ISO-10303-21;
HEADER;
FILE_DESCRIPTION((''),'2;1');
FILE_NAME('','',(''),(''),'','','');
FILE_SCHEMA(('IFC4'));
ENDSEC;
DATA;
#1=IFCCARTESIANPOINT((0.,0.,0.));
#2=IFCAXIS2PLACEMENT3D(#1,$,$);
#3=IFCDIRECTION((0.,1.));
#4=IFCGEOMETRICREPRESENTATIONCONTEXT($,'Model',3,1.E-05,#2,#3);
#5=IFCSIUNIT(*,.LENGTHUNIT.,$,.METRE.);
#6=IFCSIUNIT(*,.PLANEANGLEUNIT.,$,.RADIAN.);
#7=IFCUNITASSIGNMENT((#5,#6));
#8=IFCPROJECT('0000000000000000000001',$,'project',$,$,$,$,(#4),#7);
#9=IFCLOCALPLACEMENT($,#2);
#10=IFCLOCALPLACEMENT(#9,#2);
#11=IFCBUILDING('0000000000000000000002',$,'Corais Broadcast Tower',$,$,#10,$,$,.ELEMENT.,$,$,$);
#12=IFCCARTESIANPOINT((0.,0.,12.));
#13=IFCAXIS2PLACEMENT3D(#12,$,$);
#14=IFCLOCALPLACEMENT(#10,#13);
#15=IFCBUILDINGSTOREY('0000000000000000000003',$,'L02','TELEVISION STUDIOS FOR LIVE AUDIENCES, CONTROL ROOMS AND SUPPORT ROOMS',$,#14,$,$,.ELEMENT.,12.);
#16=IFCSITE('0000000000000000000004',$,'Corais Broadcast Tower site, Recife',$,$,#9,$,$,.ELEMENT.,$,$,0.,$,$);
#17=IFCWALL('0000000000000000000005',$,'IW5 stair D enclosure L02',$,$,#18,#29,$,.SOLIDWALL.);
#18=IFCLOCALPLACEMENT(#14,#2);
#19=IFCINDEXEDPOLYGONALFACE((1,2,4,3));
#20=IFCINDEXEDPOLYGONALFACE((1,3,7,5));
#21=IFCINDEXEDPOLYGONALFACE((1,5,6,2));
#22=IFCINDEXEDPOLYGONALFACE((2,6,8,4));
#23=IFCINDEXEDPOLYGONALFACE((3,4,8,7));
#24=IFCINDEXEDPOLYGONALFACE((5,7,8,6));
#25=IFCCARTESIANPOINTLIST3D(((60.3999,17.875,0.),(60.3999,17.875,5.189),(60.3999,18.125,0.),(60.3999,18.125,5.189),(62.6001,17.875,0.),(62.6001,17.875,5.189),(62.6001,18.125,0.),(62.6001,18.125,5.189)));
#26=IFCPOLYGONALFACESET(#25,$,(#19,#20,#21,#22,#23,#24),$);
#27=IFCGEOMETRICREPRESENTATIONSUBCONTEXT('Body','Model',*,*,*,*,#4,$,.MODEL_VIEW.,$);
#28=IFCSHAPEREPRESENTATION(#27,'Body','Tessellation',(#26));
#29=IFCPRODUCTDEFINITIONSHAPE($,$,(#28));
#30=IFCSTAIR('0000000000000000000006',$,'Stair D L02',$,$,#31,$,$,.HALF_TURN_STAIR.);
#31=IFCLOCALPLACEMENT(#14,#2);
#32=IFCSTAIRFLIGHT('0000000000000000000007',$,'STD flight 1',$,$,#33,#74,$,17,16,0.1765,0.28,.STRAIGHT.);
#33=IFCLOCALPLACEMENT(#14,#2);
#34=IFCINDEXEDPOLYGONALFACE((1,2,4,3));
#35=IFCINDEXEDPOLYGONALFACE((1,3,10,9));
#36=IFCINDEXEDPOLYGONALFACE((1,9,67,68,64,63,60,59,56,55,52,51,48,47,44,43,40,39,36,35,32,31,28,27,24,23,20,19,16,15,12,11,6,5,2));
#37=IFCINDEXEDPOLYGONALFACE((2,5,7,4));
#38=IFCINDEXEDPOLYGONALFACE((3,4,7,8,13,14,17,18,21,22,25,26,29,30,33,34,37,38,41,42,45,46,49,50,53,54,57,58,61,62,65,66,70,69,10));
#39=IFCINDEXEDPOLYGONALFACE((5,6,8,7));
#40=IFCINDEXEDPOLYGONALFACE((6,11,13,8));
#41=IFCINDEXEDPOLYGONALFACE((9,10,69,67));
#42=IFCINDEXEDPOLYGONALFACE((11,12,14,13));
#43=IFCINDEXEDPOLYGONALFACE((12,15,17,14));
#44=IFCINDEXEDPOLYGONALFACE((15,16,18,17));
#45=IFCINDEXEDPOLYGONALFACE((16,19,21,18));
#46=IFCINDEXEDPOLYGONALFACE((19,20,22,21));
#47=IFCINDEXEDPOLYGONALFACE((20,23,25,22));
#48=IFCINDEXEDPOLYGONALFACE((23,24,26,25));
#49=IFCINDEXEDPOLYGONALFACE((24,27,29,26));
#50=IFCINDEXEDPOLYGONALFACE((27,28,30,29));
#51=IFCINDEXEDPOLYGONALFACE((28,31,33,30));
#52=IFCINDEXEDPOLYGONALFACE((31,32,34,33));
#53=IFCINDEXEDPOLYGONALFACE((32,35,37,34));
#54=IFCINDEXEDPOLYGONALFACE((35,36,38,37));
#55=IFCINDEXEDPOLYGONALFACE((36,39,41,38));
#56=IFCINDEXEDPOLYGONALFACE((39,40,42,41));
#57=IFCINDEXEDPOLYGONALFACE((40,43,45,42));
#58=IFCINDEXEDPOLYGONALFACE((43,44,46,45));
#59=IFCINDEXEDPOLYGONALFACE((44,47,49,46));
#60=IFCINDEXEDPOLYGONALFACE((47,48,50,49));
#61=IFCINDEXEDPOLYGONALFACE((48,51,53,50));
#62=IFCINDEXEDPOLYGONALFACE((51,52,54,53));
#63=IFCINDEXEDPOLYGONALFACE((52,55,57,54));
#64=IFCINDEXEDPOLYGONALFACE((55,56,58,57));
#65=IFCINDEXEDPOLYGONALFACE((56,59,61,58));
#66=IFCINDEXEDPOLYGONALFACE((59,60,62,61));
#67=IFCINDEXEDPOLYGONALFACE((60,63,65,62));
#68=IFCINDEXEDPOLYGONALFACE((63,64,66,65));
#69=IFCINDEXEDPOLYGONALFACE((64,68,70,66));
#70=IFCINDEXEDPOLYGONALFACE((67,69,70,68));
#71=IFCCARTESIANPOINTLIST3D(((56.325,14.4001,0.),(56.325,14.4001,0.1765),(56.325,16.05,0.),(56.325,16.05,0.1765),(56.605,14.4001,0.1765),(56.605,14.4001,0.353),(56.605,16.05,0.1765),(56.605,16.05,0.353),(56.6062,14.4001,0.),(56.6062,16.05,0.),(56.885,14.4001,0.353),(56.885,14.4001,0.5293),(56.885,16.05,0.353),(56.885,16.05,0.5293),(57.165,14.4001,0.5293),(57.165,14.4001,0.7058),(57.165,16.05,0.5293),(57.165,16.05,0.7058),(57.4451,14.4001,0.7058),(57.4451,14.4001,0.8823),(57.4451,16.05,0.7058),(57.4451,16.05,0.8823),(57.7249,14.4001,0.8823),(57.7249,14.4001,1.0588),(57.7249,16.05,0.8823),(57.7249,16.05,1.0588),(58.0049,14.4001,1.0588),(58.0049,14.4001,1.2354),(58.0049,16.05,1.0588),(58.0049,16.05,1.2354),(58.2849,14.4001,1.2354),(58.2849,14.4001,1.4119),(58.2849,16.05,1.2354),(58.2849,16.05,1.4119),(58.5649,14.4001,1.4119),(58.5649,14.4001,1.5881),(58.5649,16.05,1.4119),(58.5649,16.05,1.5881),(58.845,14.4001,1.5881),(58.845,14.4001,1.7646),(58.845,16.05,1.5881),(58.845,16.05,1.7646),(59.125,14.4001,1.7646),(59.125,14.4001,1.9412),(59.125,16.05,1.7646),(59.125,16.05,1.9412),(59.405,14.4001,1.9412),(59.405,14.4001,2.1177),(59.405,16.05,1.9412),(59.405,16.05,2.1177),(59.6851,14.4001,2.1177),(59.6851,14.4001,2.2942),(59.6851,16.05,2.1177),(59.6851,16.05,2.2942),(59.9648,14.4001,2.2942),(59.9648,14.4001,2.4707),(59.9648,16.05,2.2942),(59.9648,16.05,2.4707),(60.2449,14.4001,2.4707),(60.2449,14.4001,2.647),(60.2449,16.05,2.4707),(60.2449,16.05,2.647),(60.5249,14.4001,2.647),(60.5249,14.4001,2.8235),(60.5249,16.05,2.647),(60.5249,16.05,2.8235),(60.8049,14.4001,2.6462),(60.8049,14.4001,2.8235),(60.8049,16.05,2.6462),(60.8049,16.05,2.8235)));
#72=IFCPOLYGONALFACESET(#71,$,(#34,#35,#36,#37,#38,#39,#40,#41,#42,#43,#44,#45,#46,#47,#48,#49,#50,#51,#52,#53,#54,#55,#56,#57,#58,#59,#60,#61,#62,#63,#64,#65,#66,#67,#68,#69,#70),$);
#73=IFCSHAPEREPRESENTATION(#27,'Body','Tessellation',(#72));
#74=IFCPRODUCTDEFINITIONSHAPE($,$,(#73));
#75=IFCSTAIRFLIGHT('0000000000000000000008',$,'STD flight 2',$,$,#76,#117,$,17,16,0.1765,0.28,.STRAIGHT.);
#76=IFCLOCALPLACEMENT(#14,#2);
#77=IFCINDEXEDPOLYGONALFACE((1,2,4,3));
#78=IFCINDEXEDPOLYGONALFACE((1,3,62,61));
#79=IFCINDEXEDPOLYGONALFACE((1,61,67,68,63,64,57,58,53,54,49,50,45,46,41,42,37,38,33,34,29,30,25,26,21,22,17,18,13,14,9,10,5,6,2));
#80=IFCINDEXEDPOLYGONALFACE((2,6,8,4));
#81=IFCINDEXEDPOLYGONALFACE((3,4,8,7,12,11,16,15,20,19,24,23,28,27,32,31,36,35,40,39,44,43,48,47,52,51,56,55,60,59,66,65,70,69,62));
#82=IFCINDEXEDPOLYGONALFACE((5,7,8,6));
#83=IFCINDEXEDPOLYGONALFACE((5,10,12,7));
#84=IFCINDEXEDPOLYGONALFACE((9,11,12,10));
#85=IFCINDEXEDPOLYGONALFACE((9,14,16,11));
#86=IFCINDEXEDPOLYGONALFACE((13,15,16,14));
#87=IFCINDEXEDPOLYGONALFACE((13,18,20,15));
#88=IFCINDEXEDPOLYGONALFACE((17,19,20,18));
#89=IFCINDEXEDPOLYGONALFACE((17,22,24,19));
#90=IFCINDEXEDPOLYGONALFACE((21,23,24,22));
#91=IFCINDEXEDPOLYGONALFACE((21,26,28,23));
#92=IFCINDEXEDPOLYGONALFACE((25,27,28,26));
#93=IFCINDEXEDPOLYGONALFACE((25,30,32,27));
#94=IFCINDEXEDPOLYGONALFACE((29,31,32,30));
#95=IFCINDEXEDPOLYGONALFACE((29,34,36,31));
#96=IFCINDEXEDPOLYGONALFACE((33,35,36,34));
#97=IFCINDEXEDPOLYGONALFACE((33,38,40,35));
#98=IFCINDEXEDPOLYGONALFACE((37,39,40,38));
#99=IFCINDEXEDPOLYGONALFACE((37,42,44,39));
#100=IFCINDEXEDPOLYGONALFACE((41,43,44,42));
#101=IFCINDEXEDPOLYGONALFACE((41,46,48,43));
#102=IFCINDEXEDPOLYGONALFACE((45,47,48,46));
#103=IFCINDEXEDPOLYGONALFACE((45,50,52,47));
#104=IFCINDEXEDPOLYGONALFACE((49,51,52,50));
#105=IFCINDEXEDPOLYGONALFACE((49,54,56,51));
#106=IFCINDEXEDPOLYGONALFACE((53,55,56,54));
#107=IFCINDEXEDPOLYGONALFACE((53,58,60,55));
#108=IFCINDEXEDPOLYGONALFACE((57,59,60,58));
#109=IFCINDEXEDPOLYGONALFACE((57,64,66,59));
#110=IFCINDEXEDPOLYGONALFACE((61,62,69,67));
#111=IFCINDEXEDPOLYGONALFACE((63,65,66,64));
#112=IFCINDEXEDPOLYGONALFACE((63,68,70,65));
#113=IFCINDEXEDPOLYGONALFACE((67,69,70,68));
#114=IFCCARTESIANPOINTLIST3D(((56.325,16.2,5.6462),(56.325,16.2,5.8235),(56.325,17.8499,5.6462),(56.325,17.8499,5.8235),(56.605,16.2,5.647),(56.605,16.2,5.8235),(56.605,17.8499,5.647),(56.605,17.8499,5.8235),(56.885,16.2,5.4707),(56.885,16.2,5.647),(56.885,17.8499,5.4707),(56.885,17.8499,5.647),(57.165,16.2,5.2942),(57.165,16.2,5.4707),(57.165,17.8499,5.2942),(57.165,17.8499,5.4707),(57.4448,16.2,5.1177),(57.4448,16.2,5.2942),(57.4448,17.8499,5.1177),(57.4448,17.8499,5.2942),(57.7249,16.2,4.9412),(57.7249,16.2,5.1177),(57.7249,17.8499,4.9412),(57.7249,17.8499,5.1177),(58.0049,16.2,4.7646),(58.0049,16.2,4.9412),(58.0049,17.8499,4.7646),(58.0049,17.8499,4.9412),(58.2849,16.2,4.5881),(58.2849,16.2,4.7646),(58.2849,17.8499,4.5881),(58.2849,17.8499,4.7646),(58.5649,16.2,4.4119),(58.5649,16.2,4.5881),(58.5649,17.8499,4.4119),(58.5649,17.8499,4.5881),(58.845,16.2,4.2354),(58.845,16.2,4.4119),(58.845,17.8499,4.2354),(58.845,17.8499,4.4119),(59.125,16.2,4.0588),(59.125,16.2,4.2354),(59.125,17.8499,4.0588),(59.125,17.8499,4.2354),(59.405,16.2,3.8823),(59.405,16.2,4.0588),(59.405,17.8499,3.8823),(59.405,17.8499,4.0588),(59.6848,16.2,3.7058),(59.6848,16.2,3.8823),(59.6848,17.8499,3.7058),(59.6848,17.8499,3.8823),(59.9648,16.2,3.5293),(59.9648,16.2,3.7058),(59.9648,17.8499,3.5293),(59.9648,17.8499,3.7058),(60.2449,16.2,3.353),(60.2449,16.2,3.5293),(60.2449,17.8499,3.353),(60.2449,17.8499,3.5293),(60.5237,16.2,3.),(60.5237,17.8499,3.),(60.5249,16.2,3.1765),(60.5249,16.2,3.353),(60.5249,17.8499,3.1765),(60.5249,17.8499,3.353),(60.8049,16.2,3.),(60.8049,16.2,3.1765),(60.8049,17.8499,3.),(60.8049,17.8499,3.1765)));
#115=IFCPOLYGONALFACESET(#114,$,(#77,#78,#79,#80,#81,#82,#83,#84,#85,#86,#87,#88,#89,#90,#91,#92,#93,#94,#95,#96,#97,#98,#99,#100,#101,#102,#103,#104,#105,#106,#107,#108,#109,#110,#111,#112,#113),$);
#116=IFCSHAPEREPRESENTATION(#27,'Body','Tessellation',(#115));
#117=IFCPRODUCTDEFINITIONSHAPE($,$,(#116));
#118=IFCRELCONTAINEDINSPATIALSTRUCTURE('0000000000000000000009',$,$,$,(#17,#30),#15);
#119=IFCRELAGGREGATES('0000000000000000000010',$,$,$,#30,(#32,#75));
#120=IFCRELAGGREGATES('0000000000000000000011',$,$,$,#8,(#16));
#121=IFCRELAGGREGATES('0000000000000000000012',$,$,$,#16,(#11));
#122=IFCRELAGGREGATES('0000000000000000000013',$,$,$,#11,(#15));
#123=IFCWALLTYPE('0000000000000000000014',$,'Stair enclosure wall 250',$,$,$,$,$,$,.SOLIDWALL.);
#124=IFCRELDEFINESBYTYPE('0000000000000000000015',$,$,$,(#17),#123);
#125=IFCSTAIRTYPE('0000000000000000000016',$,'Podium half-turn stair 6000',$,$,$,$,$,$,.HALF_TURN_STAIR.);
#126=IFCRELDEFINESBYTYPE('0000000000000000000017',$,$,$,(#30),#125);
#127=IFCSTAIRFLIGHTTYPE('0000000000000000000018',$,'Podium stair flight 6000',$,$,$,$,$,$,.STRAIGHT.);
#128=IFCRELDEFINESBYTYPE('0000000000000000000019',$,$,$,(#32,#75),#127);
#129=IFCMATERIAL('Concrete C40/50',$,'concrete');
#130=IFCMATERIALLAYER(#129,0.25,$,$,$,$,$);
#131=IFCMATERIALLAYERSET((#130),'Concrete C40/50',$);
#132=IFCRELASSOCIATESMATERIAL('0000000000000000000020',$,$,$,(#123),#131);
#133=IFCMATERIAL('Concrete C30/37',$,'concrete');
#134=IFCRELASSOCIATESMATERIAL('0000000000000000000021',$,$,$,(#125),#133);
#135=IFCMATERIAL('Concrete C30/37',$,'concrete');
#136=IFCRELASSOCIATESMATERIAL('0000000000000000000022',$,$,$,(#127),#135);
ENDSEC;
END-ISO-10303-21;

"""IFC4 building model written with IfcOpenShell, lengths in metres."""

from ifc_helpers import new_model, si_unit, direction, frame, frame_2d, origin, place, context, subcontext, project, spatial, polyline, rectangle, outline, extrude, material, layer, layer_set, type_object, element, aggregate, save


model = new_model("IFC4")

# Units and contexts
model_context = context("Model", 3, precision=1e-05, world=origin(), true_north=direction((0.0, 1.0)))
body_context = subcontext(model_context, "Body", "Model", "MODEL_VIEW")
ifc_project = project(units=[si_unit("LENGTHUNIT", "METRE"), si_unit("PLANEANGLEUNIT", "RADIAN")], contexts=[model_context])

# Site, building, storey
site_placement = place(None, origin())
site = spatial("IfcSite", under=ifc_project, at=site_placement, Name="Corais Broadcast Tower site, Recife", CompositionType="ELEMENT", RefElevation=0.0)
building_placement = place(site_placement, origin())
building = spatial("IfcBuilding", under=site, at=building_placement, Name="Corais Broadcast Tower", CompositionType="ELEMENT")
storey_placement = place(building_placement, frame((0.0, 0.0, 12.0)))
storey = spatial("IfcBuildingStorey", under=building, at=storey_placement, Name="L02", Description="TELEVISION STUDIOS FOR LIVE AUDIENCES, CONTROL ROOMS AND SUPPORT ROOMS", CompositionType="ELEMENT", Elevation=12.0)

# Wall
ifc_material_1 = material(Name="Concrete C40/50", Category="concrete")
ifc_layer_1 = layer(ifc_material_1, 0.25)
ifc_layer_set_1 = layer_set([ifc_layer_1], Name="Concrete C40/50")
wall_type_1 = type_object("IfcWallType", Name="Stair enclosure wall 250", PredefinedType="SOLIDWALL", material=ifc_layer_set_1)
wall_1_placement = place(storey_placement, frame((62.6001, 18.0, 0.0), z_axis=(0.0, 0.0, 1.0), x_axis=(-1.0, 0.0, 0.0)))
element("IfcWall", 1, at=wall_1_placement, inside=storey, type_object=wall_type_1, Name="IW5 stair D enclosure L02", PredefinedType="SOLIDWALL", context=body_context, shape_type="SweptSolid", body=[
    extrude(rectangle(XDim=2.2002, YDim=0.25, at=frame_2d((1.1001, 0.0))), origin(), (0.0, 0.0, 1.0), 5.189),
])

# Stair, stair flights
ifc_material_2 = material(Name="Concrete C30/37", Category="concrete")
stair_type = type_object("IfcStairType", Name="Podium half-turn stair 6000", PredefinedType="HALF_TURN_STAIR", material=ifc_material_2)
stair_placement = place(storey_placement, origin())
stair = element("IfcStair", 2, at=stair_placement, inside=storey, type_object=stair_type, Name="Stair D L02", PredefinedType="HALF_TURN_STAIR")
ifc_material_3 = material(Name="Concrete C30/37", Category="concrete")
stair_flight_type = type_object("IfcStairFlightType", Name="Podium stair flight 6000", PredefinedType="STRAIGHT", material=ifc_material_3)
stair_flight_1_placement = place(storey_placement, frame((56.325, 15.2251, 0.0), z_axis=(0.0, 0.0, 1.0), x_axis=(1.0, 0.0, 0.0)))
stair_flight_1 = element("IfcStairFlight", 3, at=stair_flight_1_placement, type_object=stair_flight_type, Name="STD flight 1", NumberOfRisers=17, NumberOfTreads=16, PredefinedType="STRAIGHT", RiserHeight=0.1765, TreadLength=0.28, context=body_context, shape_type="SweptSolid", body=[
    extrude(outline(polyline([(0.0, 0.0), (0.0, 0.1765), (0.28, 0.1765), (0.28, 0.353), (0.5601, 0.353), (0.5601, 0.5293), (0.8401, 0.5293), (0.8401, 0.7058), (1.1201, 0.7058), (1.1201, 0.8823), (1.3999, 0.8823), (1.3999, 1.0588), (1.6799, 1.0588), (1.6799, 1.2354), (1.96, 1.2354), (1.96, 1.4119), (2.24, 1.4119), (2.24, 1.5881), (2.52, 1.5881), (2.52, 1.7646), (2.8, 1.7646), (2.8, 1.9412), (3.0801, 1.9412), (3.0801, 2.1177), (3.3601, 2.1177), (3.3601, 2.2942), (3.6399, 2.2942), (3.6399, 2.4707), (3.9199, 2.4707), (3.9199, 2.647), (4.2, 2.647), (4.2, 2.8235), (4.48, 2.8235), (4.48, 3.0), (4.48, 2.6462), (0.2812, 0.0), (0.0, 0.0)])), frame((0.0, 0.825, 0.0), z_axis=(0.0, -1.0, 0.0), x_axis=(1.0, 0.0, 0.0)), (0.0, 0.0, 1.0), 1.6499),
])
stair_flight_2_placement = place(storey_placement, frame((60.8049, 17.0249, 3.0), z_axis=(0.0, 0.0, 1.0), x_axis=(-1.0, 0.0, 0.0)))
stair_flight_2 = element("IfcStairFlight", 4, at=stair_flight_2_placement, type_object=stair_flight_type, Name="STD flight 2", NumberOfRisers=17, NumberOfTreads=16, PredefinedType="STRAIGHT", RiserHeight=0.1765, TreadLength=0.28, context=body_context, shape_type="SweptSolid", body=[
    extrude(outline(polyline([(0.0, 0.0), (0.0, 0.1765), (0.28, 0.1765), (0.28, 0.353), (0.5601, 0.353), (0.5601, 0.5293), (0.8401, 0.5293), (0.8401, 0.7058), (1.1201, 0.7058), (1.1201, 0.8823), (1.3999, 0.8823), (1.3999, 1.0588), (1.6799, 1.0588), (1.6799, 1.2354), (1.96, 1.2354), (1.96, 1.4119), (2.24, 1.4119), (2.24, 1.5881), (2.52, 1.5881), (2.52, 1.7646), (2.8, 1.7646), (2.8, 1.9412), (3.0801, 1.9412), (3.0801, 2.1177), (3.3601, 2.1177), (3.3601, 2.2942), (3.6399, 2.2942), (3.6399, 2.4707), (3.9199, 2.4707), (3.9199, 2.647), (4.2, 2.647), (4.2, 2.8235), (4.48, 2.8235), (4.48, 3.0), (4.48, 2.6462), (0.2812, 0.0), (0.0, 0.0)])), frame((0.0, 0.825, 0.0), z_axis=(0.0, -1.0, 0.0), x_axis=(1.0, 0.0, 0.0)), (0.0, 0.0, 1.0), 1.6499),
])
aggregate(stair, [stair_flight_1, stair_flight_2])

save(model, "model.ifc")
